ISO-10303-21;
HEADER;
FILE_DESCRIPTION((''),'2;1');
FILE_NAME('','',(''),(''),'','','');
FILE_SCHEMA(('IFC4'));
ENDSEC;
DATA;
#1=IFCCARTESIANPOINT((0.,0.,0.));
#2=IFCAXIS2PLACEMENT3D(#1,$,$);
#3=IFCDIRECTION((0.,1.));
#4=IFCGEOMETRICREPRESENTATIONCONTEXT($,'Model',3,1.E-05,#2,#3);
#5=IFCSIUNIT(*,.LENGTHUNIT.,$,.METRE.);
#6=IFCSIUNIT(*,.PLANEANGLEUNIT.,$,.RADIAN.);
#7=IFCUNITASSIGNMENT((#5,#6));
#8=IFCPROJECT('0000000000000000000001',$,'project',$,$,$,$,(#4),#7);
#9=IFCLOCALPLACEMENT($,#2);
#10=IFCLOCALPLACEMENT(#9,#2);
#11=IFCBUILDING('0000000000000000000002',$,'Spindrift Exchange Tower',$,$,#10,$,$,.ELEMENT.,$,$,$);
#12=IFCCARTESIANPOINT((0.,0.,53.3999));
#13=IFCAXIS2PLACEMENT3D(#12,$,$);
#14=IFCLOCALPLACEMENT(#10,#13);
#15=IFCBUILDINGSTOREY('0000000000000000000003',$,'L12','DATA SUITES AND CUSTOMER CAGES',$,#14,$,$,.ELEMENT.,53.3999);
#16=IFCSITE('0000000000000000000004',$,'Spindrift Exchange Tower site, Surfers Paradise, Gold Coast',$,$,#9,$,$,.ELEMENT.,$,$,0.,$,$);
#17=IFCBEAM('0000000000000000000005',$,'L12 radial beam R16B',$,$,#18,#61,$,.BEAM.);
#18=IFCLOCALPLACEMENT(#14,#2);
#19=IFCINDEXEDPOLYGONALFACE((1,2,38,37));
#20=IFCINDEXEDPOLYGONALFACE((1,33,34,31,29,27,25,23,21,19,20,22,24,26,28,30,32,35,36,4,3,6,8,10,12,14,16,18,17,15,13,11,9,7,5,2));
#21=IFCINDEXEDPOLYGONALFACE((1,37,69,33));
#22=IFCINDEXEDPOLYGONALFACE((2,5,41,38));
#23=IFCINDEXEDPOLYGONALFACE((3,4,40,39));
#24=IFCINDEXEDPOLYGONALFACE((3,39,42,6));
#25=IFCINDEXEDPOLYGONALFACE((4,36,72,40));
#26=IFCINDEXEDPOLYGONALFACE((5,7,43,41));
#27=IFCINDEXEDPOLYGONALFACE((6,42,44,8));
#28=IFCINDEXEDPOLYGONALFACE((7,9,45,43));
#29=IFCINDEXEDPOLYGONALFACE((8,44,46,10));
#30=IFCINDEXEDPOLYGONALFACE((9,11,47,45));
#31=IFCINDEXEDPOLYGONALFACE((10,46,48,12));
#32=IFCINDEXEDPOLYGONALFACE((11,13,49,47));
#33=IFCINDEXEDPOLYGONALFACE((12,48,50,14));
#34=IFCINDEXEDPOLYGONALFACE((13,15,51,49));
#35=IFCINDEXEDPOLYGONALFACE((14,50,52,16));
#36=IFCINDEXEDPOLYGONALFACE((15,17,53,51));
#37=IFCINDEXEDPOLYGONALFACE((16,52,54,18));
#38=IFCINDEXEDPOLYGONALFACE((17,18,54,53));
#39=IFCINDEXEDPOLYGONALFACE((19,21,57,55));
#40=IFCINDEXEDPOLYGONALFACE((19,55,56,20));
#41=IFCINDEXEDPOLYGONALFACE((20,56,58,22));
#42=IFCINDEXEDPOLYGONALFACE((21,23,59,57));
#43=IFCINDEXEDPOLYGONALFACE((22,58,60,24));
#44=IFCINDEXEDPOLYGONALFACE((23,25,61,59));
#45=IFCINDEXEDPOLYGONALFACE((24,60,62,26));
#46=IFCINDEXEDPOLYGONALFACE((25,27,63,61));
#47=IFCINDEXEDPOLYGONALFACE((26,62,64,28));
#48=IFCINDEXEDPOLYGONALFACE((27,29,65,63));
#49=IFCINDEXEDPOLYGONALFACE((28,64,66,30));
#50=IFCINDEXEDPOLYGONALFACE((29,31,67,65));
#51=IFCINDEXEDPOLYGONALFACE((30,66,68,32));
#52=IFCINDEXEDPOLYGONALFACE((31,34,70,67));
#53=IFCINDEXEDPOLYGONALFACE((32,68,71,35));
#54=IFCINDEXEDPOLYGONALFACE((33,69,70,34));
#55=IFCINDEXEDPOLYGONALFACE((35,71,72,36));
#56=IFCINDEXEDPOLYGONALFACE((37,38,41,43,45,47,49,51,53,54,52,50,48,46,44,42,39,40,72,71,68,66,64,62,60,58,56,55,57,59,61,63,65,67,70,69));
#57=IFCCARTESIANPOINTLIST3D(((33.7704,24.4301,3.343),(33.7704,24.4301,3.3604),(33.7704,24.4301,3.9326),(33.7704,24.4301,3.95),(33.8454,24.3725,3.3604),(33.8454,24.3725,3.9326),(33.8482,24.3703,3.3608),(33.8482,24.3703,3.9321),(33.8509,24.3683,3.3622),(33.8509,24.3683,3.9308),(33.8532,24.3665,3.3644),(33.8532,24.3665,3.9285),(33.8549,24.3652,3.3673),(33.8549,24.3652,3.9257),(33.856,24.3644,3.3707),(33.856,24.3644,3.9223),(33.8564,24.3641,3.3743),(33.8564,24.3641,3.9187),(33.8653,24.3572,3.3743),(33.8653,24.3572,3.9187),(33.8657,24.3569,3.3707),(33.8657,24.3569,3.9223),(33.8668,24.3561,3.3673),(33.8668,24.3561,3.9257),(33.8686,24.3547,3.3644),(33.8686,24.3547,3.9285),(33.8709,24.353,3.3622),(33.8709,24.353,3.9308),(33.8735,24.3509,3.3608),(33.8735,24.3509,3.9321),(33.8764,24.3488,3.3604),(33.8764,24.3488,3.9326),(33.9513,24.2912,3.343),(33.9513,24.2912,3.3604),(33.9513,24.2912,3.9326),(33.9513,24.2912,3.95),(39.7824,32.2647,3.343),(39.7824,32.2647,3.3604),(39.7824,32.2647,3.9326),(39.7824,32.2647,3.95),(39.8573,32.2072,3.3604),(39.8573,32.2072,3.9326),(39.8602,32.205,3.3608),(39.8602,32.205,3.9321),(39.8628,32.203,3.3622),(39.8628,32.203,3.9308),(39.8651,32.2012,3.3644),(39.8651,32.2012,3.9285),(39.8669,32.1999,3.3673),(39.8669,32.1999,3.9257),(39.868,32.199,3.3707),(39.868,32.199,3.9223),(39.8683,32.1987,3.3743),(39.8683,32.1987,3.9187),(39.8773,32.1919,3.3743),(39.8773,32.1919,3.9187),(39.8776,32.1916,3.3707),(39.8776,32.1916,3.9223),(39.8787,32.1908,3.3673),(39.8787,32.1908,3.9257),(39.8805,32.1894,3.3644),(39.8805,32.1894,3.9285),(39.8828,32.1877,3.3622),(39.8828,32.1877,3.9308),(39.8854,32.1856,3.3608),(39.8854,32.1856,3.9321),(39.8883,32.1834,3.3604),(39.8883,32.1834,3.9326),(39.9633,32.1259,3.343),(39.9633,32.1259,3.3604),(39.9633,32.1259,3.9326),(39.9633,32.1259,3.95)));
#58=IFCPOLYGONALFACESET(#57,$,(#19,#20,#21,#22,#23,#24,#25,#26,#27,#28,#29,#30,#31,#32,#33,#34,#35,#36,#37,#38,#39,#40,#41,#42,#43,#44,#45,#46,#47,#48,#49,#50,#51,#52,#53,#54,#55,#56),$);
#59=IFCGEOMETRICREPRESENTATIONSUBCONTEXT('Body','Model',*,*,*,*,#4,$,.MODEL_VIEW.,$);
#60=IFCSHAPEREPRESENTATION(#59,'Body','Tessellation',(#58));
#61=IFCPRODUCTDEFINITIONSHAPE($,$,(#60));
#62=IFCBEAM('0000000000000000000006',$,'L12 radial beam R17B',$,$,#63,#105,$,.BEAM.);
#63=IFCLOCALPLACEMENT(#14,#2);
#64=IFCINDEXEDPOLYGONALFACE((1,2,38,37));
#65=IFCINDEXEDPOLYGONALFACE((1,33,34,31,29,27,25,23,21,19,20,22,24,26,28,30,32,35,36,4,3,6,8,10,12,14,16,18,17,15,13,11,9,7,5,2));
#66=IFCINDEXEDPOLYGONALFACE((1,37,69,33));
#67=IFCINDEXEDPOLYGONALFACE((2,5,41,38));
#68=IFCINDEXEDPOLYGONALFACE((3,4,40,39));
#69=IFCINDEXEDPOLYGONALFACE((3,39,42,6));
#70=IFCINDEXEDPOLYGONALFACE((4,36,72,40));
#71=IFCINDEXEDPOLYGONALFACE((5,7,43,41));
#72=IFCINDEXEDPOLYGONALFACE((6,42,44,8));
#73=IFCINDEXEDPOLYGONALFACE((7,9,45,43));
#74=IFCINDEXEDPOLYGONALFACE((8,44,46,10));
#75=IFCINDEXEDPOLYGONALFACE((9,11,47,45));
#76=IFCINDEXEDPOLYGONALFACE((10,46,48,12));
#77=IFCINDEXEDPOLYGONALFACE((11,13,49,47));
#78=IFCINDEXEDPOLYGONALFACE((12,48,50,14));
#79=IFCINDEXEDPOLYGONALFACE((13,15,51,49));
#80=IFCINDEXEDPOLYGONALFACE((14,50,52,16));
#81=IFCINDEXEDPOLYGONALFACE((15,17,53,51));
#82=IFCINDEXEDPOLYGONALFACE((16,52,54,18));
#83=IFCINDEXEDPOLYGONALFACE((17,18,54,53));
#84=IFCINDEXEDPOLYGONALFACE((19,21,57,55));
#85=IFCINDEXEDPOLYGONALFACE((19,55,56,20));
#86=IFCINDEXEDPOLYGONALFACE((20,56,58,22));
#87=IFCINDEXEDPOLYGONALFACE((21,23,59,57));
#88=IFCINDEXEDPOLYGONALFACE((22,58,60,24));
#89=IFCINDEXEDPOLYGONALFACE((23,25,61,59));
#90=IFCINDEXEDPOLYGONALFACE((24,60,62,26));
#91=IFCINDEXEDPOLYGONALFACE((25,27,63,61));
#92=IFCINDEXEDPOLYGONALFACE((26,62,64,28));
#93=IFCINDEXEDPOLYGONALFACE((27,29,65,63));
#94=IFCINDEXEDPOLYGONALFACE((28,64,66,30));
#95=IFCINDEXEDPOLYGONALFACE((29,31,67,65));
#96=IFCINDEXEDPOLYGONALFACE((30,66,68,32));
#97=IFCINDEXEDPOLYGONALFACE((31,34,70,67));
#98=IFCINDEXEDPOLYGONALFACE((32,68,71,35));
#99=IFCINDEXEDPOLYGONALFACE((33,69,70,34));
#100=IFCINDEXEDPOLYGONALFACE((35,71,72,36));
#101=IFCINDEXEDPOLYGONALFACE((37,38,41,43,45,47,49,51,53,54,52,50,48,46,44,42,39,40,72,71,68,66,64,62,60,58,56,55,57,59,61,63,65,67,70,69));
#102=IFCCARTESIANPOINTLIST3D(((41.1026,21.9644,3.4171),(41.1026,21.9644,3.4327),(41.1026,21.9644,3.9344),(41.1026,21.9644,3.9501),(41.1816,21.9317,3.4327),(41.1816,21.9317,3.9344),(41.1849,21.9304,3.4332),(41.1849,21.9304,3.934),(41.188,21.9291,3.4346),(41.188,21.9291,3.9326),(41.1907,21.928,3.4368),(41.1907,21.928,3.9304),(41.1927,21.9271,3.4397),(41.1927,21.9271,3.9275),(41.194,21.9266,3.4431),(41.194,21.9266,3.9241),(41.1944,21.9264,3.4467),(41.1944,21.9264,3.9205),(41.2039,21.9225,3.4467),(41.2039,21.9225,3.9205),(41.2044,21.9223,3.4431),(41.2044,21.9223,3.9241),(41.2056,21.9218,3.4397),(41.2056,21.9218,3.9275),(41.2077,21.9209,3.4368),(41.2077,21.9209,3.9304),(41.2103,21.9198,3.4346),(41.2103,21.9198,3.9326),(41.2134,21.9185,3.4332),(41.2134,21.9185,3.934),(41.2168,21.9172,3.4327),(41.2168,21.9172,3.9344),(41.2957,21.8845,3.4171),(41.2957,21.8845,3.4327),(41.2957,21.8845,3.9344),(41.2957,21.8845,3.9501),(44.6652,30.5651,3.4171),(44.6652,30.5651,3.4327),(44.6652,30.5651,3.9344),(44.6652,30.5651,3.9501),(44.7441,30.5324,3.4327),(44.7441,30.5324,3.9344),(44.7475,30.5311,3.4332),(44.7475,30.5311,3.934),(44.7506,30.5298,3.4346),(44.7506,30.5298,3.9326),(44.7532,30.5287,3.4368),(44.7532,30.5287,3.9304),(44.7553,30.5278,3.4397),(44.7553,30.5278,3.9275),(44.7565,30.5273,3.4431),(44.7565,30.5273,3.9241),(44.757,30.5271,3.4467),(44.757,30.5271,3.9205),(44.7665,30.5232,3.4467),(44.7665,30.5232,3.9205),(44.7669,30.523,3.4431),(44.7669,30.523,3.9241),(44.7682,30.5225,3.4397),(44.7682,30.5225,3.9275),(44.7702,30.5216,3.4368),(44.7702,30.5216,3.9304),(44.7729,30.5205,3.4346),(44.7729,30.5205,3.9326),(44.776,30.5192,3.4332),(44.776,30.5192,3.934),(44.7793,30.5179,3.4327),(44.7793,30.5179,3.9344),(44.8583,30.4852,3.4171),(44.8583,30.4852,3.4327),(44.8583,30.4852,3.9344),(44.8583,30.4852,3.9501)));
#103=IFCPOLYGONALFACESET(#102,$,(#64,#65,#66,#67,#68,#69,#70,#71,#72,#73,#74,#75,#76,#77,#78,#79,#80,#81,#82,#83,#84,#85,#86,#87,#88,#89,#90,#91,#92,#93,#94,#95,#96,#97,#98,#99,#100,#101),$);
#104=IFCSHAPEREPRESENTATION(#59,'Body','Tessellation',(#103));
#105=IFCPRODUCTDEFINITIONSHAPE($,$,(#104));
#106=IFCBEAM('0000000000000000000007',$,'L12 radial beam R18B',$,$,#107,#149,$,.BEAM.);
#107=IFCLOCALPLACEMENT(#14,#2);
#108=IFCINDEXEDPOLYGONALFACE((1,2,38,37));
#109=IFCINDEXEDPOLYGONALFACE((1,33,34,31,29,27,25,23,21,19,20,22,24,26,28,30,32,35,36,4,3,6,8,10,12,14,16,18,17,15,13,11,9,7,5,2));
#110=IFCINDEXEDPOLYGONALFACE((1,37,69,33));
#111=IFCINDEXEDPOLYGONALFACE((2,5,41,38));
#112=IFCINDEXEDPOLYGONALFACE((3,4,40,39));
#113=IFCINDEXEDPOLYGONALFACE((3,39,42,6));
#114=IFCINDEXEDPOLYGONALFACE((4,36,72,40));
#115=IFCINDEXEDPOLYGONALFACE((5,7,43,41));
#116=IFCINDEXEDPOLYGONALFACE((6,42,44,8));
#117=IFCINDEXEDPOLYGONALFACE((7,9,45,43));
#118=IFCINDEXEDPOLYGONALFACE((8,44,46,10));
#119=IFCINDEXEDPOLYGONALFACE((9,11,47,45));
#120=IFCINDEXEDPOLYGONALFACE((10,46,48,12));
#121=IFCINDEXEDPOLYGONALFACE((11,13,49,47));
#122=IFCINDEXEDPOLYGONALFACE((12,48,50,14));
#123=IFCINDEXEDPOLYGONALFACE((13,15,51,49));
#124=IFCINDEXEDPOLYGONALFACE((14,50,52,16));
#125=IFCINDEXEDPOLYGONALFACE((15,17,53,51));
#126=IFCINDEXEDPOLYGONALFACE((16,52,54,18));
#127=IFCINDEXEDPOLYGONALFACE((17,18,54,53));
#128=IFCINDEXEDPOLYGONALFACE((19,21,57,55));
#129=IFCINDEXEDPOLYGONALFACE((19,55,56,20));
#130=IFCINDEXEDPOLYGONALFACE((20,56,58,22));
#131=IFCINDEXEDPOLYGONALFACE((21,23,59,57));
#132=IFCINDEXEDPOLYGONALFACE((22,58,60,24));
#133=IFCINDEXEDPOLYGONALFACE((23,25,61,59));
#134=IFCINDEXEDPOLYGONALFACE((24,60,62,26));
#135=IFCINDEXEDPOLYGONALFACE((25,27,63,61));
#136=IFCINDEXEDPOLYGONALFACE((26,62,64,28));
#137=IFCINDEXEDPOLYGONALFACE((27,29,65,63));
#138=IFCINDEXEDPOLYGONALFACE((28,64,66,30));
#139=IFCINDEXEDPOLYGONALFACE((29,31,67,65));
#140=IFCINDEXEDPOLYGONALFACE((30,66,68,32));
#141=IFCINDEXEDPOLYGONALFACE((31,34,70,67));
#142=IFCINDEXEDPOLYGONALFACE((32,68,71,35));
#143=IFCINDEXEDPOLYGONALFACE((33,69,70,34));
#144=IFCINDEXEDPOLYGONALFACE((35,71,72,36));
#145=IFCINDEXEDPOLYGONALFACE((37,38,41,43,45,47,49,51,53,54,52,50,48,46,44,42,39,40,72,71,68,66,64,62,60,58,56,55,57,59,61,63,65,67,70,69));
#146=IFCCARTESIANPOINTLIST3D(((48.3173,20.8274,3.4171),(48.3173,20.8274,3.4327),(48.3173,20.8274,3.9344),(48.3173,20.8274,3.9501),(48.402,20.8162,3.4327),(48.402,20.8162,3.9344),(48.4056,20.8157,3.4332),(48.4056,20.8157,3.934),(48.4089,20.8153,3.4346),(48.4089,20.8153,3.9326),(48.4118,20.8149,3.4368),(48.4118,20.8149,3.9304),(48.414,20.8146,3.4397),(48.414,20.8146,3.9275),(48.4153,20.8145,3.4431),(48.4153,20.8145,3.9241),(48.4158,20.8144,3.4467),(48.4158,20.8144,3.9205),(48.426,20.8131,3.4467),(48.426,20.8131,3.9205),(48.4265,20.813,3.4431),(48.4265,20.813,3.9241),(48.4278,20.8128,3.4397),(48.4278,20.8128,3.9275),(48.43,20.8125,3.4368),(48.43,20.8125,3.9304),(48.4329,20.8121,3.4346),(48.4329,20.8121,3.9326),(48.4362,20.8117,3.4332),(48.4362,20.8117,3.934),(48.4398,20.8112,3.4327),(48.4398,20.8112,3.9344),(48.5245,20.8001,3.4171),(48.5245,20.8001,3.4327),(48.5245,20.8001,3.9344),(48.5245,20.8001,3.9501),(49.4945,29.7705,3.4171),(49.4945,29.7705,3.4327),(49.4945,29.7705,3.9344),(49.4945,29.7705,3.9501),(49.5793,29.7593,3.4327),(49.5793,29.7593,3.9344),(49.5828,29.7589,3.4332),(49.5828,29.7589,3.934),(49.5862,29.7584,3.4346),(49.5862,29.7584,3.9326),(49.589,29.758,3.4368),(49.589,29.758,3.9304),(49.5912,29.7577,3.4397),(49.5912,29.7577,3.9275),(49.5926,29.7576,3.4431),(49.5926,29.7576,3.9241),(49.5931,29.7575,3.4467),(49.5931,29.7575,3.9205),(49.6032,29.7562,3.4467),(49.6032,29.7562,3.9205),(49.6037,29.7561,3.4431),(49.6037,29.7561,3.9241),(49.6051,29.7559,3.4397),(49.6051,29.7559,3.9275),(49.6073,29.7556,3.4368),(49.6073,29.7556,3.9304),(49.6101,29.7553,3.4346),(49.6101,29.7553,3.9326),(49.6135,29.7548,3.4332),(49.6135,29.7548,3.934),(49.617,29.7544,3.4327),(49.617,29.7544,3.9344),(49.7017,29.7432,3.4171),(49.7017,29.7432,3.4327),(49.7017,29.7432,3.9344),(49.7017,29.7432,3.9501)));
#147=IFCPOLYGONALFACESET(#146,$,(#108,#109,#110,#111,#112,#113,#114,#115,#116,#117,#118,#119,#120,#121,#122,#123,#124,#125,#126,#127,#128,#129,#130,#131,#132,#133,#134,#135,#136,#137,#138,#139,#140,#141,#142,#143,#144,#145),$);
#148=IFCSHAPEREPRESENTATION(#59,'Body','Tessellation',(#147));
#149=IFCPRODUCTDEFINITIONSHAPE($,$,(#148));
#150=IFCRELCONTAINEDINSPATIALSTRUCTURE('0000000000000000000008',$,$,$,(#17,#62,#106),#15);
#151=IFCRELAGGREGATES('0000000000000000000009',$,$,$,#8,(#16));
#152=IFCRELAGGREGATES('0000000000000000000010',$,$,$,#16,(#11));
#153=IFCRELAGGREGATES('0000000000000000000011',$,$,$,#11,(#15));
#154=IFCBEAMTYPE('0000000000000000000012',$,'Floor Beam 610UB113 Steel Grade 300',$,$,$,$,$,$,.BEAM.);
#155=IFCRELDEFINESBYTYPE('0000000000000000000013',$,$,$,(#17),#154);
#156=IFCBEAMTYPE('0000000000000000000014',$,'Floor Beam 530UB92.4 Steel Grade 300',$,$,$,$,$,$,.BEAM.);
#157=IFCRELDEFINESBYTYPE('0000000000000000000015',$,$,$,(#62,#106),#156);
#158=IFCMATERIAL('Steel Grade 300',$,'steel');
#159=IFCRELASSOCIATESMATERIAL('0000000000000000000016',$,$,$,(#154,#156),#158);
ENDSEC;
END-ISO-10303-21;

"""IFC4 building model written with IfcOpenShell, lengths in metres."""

from ifc_helpers import new_model, si_unit, direction, frame, origin, origin_2d, place, context, subcontext, project, spatial, i_section, extrude, source, transform, mapped, material, material_profile, profile_set, type_object, element, save


model = new_model("IFC4")

# Units and contexts
model_context = context("Model", 3, precision=1e-05, world=origin(), true_north=direction((0.0, 1.0)))
body_context = subcontext(model_context, "Body", "Model", "MODEL_VIEW")
ifc_project = project(units=[si_unit("LENGTHUNIT", "METRE"), si_unit("PLANEANGLEUNIT", "RADIAN")], contexts=[model_context])

# Site, building, storey
site_placement = place(None, origin())
site = spatial("IfcSite", under=ifc_project, at=site_placement, Name="Spindrift Exchange Tower site, Surfers Paradise, Gold Coast", CompositionType="ELEMENT", RefElevation=0.0)
building_placement = place(site_placement, origin())
building = spatial("IfcBuilding", under=site, at=building_placement, Name="Spindrift Exchange Tower", CompositionType="ELEMENT")
storey_placement = place(building_placement, frame((0.0, 0.0, 53.3999)))
storey = spatial("IfcBuildingStorey", under=building, at=storey_placement, Name="L12", Description="DATA SUITES AND CUSTOMER CAGES", CompositionType="ELEMENT", Elevation=53.3999)

# Beams
ifc_material_1 = material(Name="Steel Grade 300", Category="steel")
ifc_material_profile_1 = material_profile(ifc_material_1, i_section(OverallWidth=0.228, OverallDepth=0.6069, WebThickness=0.0112, FlangeThickness=0.0173, FilletRadius=0.0139, at=origin_2d()), Name="610UB113")
ifc_profile_set_1 = profile_set([ifc_material_profile_1], Name="Steel Grade 300")
beam_type_1 = type_object("IfcBeamType", Name="Floor Beam 610UB113 Steel Grade 300", PredefinedType="BEAM", material=ifc_profile_set_1)
shared_shape_1 = source(origin(), body_context, "Body", "SweptSolid", [
    extrude(i_section(OverallWidth=0.228, OverallDepth=0.6069, WebThickness=0.0112, FlangeThickness=0.0173, FilletRadius=0.0139, at=origin_2d()), origin(), (0.0, 0.0, 1.0), 9.8755),
])
beam_1_placement = place(storey_placement, frame((39.8728, 32.1953, 3.6465), z_axis=(-0.608772, -0.793345, 0.0), x_axis=(0.793345, -0.608772, 0.0)))
element("IfcBeam", 1, at=beam_1_placement, inside=storey, type_object=beam_type_1, Name="L12 radial beam R16B", PredefinedType="BEAM", context=body_context, shape_type="MappedRepresentation", body=[
    mapped(shared_shape_1, transform((0.0, 0.0, 0.0), scale=1.0)),
])
ifc_material_profile_2 = material_profile(ifc_material_1, i_section(OverallWidth=0.209, OverallDepth=0.533, WebThickness=0.0103, FlangeThickness=0.0156, FilletRadius=0.0139, at=origin_2d()), Name="530UB92.4")
ifc_profile_set_2 = profile_set([ifc_material_profile_2], Name="Steel Grade 300")
beam_type_2 = type_object("IfcBeamType", Name="Floor Beam 530UB92.4 Steel Grade 300", PredefinedType="BEAM", material=ifc_profile_set_2)
shared_shape_2 = source(origin(), body_context, "Body", "SweptSolid", [
    extrude(i_section(OverallWidth=0.209, OverallDepth=0.533, WebThickness=0.0103, FlangeThickness=0.0156, FilletRadius=0.0139, at=origin_2d()), origin(), (0.0, 0.0, 1.0), 9.3093),
])
beam_2_placement = place(storey_placement, frame((44.7617, 30.5251, 3.6836), z_axis=(-0.382685, -0.923879, 0.0), x_axis=(0.923879, -0.382685, 0.0)))
element("IfcBeam", 2, at=beam_2_placement, inside=storey, type_object=beam_type_2, Name="L12 radial beam R17B", PredefinedType="BEAM", context=body_context, shape_type="MappedRepresentation", body=[
    mapped(shared_shape_2, transform((0.0, 0.0, 0.0), scale=1.0)),
])
shared_shape_3 = source(origin(), body_context, "Body", "SweptSolid", [
    extrude(i_section(OverallWidth=0.209, OverallDepth=0.533, WebThickness=0.0103, FlangeThickness=0.0156, FilletRadius=0.0139, at=origin_2d()), origin(), (0.0, 0.0, 1.0), 9.0203),
])
beam_3_placement = place(storey_placement, frame((49.5981, 29.7568, 3.6836), z_axis=(-0.130511, -0.991447, 0.0), x_axis=(0.991447, -0.130511, 0.0)))
element("IfcBeam", 3, at=beam_3_placement, inside=storey, type_object=beam_type_2, Name="L12 radial beam R18B", PredefinedType="BEAM", context=body_context, shape_type="MappedRepresentation", body=[
    mapped(shared_shape_3, transform((0.0, 0.0, 0.0), scale=1.0)),
])

save(model, "model.ifc")
